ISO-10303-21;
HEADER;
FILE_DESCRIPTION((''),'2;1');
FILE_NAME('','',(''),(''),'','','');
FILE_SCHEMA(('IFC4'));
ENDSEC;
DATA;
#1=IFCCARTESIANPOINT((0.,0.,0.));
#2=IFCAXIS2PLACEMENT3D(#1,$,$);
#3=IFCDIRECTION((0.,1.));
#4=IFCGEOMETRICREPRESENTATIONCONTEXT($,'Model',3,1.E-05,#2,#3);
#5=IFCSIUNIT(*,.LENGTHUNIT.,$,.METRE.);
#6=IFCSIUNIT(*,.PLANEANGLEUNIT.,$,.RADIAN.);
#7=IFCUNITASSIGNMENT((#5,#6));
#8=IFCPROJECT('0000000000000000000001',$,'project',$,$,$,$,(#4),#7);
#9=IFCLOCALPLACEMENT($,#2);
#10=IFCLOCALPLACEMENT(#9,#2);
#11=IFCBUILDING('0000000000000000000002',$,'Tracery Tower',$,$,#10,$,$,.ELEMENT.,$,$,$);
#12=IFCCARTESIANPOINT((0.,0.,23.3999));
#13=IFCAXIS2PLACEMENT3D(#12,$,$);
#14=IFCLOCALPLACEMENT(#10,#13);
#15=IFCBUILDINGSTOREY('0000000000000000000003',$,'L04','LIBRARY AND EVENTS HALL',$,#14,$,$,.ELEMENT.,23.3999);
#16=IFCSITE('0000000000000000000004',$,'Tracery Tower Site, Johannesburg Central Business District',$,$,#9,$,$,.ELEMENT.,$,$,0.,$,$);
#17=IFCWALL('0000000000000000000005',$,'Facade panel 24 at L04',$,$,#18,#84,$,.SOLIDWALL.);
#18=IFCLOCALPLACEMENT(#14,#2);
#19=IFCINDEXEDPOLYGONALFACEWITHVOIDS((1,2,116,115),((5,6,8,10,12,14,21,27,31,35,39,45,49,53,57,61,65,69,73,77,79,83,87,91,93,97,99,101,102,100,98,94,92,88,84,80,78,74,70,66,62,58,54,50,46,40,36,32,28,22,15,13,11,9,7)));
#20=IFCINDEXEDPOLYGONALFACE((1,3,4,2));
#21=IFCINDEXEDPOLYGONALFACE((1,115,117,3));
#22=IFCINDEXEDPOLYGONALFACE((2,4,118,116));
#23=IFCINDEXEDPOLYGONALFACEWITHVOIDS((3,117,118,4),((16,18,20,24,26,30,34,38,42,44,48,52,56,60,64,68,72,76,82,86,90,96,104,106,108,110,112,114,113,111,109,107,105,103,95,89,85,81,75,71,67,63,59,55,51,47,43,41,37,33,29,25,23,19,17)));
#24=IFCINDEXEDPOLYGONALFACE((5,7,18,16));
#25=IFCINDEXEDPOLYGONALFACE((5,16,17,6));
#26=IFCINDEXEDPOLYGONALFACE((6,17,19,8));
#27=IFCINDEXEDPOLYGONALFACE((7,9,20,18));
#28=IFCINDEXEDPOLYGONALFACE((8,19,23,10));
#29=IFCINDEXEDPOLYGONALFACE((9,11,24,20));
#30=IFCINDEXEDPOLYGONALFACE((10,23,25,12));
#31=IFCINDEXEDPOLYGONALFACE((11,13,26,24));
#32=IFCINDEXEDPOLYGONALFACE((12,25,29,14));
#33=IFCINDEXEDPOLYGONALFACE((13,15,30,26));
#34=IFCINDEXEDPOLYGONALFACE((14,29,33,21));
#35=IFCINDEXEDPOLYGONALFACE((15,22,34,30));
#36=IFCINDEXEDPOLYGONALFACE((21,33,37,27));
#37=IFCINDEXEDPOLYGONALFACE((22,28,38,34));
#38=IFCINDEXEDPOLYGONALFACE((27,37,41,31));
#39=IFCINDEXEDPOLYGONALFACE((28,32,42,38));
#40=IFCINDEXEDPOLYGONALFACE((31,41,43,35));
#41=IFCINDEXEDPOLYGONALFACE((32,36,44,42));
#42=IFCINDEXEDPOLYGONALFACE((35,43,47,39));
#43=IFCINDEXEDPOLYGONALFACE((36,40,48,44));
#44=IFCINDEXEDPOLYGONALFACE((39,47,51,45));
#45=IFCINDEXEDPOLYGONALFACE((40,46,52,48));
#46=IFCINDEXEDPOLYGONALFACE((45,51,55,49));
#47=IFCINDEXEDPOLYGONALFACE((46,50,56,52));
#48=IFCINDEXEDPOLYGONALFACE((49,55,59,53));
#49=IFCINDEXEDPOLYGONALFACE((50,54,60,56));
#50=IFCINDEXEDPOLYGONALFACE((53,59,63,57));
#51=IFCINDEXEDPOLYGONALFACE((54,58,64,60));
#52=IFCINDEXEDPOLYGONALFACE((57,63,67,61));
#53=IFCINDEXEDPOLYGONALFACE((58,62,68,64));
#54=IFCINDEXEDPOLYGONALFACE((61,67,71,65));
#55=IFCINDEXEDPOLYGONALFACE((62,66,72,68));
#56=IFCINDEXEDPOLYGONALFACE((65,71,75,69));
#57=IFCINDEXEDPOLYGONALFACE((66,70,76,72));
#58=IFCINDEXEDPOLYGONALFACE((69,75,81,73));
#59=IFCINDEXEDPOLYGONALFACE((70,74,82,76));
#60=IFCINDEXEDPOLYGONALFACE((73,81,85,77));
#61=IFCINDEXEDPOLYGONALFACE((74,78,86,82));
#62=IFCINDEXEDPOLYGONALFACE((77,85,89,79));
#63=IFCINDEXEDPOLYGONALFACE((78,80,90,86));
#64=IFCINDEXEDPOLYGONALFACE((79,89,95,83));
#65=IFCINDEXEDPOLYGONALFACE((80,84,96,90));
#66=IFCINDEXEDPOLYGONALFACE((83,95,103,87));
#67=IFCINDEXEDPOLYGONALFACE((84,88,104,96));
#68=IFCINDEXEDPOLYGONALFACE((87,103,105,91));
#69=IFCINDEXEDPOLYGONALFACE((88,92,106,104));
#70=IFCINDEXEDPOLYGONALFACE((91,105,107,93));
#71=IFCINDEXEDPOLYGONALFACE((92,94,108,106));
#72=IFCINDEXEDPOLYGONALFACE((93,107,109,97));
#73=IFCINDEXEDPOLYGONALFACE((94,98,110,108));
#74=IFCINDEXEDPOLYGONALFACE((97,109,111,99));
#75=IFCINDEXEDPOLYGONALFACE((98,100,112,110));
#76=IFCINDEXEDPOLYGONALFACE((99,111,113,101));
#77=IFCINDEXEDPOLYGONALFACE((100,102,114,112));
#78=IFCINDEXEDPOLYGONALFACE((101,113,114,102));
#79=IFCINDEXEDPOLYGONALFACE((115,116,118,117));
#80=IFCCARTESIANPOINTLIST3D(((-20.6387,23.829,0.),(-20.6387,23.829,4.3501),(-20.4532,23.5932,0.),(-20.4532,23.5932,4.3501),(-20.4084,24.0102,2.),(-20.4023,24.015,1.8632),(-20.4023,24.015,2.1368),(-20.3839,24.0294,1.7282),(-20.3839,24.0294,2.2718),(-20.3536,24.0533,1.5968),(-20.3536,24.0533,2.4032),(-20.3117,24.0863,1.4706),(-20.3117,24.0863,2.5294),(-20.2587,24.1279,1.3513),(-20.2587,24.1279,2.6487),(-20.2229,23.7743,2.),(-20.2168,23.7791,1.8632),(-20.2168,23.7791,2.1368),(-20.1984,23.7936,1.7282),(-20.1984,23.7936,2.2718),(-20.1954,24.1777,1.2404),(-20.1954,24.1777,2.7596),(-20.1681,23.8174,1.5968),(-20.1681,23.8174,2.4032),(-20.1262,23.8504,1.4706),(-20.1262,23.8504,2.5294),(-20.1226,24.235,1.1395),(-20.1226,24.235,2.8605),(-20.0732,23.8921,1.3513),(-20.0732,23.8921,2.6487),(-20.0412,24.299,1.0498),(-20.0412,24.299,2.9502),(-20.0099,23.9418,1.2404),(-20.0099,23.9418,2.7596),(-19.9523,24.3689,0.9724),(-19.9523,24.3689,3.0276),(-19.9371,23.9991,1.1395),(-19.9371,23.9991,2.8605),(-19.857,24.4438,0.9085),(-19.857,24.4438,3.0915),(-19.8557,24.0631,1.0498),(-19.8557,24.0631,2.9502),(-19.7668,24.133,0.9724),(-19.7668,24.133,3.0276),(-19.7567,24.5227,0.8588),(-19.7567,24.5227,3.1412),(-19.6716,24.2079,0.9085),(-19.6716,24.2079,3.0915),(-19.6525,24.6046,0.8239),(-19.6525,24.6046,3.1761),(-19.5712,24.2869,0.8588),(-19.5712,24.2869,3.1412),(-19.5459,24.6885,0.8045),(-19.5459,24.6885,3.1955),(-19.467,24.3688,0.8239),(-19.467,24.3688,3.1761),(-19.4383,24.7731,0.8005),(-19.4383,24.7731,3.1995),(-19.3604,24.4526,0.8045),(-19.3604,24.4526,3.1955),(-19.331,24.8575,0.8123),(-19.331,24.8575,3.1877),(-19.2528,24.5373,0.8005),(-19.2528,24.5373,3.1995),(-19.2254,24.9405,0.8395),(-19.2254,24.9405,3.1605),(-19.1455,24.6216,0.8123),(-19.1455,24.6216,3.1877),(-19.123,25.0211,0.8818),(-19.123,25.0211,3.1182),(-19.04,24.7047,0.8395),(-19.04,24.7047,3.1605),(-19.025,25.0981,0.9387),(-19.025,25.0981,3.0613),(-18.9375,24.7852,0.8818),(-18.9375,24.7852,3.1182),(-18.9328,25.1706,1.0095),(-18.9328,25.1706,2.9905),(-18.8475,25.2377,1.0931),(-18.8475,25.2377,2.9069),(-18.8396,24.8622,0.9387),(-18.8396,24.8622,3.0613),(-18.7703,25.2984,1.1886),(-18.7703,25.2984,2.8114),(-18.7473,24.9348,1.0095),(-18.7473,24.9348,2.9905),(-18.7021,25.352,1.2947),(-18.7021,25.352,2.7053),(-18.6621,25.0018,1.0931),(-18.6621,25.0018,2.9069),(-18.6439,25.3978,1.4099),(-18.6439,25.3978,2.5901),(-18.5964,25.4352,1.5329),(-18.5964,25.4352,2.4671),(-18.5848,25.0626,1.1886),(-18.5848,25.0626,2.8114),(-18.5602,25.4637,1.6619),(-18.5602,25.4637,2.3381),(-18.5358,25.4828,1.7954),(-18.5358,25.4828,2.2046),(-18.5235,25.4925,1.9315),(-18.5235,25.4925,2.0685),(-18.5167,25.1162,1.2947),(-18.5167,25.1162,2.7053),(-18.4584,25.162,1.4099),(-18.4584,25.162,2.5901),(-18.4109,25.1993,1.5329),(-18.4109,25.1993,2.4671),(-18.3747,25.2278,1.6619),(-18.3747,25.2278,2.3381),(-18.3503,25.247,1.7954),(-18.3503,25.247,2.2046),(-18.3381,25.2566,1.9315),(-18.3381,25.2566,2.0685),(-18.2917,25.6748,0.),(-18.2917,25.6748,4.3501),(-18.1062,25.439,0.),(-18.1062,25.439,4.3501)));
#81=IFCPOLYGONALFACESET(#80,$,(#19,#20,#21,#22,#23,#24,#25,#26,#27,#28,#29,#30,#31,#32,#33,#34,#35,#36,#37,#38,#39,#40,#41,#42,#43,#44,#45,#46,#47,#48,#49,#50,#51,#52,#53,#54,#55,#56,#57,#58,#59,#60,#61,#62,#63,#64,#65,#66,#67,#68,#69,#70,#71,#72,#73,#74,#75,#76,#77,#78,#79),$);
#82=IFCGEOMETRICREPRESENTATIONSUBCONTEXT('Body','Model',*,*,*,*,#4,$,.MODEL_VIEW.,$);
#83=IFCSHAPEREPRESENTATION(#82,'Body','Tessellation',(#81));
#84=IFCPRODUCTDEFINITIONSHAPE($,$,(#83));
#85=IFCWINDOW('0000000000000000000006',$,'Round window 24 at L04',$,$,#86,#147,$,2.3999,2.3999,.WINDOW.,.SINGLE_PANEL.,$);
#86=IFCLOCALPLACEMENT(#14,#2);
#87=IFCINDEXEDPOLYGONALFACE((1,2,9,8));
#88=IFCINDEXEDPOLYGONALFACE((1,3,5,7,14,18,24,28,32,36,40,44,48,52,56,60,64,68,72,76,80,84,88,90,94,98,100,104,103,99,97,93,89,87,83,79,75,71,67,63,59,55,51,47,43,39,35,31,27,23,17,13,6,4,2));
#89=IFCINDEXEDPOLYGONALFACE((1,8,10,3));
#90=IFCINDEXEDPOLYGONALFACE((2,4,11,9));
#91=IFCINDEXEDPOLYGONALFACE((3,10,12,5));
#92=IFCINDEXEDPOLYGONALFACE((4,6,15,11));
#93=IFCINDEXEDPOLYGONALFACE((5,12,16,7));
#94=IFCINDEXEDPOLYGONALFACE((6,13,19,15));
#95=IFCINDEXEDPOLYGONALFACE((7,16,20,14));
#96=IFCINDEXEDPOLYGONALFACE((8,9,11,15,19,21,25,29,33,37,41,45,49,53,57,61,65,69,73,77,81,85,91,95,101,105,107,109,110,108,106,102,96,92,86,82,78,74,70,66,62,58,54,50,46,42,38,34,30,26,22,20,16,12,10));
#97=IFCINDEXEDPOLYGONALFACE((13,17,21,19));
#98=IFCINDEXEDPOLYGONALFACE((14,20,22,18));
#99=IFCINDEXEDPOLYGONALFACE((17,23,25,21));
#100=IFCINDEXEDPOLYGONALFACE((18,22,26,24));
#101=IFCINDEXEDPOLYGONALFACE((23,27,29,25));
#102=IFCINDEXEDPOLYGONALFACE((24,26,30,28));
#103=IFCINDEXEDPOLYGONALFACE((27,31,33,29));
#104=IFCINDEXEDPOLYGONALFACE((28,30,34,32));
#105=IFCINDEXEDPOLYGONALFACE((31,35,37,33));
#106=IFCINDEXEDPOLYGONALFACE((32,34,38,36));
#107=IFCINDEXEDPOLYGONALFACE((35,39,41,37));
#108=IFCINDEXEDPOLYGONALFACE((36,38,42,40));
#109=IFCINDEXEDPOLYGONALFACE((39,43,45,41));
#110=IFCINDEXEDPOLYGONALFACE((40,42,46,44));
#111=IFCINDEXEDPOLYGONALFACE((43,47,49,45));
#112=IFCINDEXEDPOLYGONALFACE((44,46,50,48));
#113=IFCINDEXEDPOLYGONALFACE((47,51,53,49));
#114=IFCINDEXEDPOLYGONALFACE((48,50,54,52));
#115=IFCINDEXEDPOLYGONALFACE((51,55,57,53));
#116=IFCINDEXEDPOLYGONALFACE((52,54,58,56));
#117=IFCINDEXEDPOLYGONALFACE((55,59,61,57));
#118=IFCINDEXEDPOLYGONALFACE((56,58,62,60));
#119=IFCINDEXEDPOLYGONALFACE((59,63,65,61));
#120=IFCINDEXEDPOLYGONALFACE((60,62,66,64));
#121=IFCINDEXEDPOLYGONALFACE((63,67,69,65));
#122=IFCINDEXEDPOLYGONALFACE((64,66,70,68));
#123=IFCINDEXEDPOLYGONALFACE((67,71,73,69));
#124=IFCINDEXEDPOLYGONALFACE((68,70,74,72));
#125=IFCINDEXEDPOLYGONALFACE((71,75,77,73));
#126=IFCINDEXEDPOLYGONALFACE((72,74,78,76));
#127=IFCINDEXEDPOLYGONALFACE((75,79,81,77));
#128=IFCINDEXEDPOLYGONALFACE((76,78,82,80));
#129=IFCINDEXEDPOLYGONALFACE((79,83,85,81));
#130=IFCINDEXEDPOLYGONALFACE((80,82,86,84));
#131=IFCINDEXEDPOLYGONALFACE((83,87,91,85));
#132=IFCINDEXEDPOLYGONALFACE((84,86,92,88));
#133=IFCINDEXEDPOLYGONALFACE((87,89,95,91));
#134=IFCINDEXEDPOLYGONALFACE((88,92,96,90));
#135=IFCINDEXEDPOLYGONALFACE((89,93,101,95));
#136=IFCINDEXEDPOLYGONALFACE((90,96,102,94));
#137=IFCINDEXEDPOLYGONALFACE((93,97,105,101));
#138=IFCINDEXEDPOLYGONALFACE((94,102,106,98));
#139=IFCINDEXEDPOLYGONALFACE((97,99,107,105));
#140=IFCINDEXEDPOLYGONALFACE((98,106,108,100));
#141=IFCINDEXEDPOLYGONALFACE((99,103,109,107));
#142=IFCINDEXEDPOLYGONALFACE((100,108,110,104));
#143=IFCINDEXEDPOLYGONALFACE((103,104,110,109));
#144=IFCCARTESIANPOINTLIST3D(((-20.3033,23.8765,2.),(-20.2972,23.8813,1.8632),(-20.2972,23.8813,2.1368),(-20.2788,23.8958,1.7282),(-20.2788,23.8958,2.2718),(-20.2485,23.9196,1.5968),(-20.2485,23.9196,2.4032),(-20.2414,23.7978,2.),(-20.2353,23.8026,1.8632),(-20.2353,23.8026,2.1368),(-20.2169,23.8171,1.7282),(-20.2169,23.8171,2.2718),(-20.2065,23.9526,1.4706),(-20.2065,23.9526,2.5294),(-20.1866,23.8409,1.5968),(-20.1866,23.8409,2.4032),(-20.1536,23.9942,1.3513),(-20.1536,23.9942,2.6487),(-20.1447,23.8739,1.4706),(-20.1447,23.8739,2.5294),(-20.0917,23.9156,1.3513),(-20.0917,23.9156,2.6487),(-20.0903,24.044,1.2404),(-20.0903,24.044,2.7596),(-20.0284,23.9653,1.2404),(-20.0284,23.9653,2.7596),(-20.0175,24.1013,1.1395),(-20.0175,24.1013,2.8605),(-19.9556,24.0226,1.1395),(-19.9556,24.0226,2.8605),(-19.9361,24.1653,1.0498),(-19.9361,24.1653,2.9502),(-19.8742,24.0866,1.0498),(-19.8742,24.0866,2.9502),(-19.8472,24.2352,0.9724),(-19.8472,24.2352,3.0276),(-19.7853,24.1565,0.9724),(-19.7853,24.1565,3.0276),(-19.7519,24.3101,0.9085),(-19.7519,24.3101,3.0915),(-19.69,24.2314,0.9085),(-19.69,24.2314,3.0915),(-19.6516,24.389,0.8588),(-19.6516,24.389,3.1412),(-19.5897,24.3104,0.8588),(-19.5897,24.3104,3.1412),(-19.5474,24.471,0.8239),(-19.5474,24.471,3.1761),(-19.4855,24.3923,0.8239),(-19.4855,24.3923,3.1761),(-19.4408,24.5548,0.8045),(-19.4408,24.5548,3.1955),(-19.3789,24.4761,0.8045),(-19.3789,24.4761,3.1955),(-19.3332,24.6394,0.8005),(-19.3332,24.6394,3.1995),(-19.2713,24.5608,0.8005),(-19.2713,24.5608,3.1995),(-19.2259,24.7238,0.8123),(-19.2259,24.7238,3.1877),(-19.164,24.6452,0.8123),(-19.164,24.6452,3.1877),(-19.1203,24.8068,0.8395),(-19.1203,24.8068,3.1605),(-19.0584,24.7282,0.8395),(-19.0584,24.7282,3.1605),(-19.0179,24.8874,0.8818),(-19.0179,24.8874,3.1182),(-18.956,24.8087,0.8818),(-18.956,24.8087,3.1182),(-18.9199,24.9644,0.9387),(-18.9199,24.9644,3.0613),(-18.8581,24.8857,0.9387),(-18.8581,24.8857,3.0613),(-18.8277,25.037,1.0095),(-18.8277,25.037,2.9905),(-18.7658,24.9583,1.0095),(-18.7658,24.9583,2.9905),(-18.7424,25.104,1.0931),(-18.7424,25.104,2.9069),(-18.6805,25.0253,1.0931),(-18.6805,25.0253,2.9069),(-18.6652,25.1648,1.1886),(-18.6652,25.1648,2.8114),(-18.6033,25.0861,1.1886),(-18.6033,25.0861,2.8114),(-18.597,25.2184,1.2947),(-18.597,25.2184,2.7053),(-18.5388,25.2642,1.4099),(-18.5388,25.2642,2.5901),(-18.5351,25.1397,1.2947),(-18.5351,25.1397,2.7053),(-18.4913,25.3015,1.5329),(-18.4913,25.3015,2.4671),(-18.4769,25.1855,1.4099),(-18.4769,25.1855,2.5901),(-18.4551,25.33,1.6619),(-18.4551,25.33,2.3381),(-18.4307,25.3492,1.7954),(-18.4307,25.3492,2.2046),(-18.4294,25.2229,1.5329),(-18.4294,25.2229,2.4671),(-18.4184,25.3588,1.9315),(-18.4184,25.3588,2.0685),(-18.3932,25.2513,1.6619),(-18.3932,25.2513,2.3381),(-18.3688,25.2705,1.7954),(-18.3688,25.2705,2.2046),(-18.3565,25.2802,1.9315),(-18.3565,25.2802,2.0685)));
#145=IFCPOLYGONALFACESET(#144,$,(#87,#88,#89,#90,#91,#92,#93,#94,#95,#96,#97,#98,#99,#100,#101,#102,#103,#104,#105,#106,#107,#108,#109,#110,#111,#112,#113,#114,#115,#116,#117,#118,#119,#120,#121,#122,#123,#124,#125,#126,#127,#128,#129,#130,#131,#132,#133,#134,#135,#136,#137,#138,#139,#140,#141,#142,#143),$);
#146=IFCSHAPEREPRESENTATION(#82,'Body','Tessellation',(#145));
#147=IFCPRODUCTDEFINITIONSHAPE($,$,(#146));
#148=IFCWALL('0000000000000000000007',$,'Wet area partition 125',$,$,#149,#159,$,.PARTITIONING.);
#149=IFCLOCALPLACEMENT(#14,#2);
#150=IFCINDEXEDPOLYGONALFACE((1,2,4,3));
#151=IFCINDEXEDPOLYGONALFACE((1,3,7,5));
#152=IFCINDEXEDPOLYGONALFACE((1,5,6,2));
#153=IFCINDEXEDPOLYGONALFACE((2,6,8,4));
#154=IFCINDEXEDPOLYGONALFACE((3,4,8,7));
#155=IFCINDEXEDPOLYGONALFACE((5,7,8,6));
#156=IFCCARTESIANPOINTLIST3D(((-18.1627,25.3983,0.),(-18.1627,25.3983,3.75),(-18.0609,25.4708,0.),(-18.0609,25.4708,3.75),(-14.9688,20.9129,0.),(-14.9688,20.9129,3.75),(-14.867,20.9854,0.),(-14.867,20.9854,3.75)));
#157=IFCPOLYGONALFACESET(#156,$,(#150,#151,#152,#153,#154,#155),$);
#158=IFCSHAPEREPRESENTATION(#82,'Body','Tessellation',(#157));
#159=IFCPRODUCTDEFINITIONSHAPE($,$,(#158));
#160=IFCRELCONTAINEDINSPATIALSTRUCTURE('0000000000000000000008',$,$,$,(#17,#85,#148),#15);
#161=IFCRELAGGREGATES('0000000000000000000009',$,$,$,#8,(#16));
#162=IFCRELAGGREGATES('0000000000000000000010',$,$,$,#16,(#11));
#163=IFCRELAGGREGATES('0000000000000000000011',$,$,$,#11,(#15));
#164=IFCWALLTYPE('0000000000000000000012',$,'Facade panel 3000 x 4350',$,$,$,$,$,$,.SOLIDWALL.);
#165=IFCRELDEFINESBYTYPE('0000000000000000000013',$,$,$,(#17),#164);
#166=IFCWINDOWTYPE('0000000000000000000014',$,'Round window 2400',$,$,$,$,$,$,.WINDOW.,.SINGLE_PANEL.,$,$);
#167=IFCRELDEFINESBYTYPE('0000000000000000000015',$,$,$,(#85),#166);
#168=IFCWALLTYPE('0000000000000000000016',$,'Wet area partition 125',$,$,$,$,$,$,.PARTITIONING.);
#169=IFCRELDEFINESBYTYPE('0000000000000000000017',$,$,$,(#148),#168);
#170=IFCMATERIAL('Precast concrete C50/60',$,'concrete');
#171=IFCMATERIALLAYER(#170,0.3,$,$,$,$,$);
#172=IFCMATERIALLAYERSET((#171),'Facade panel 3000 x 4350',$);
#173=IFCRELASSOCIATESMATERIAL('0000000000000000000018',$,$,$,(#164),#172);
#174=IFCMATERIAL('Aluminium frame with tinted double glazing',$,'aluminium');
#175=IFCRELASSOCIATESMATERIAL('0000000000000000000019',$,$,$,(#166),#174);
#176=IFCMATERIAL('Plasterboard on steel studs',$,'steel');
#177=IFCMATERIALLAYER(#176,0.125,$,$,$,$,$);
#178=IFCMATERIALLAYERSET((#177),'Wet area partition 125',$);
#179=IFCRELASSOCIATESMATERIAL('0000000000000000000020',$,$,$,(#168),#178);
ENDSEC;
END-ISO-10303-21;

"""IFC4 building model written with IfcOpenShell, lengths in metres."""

from ifc_helpers import new_model, si_unit, direction, frame, frame_2d, origin, origin_2d, place, context, subcontext, project, spatial, rectangle, circle, extrude, material, layer, layer_set, type_object, element, fill, save


model = new_model("IFC4")

# Units and contexts
model_context = context("Model", 3, precision=1e-05, world=origin(), true_north=direction((0.0, 1.0)))
body_context = subcontext(model_context, "Body", "Model", "MODEL_VIEW")
ifc_project = project(units=[si_unit("LENGTHUNIT", "METRE"), si_unit("PLANEANGLEUNIT", "RADIAN")], contexts=[model_context])

# Site, building, storey
site_placement = place(None, origin())
site = spatial("IfcSite", under=ifc_project, at=site_placement, Name="Tracery Tower Site, Johannesburg Central Business District", CompositionType="ELEMENT", RefElevation=0.0)
building_placement = place(site_placement, origin())
building = spatial("IfcBuilding", under=site, at=building_placement, Name="Tracery Tower", CompositionType="ELEMENT")
storey_placement = place(building_placement, frame((0.0, 0.0, 23.3999)))
storey = spatial("IfcBuildingStorey", under=building, at=storey_placement, Name="L04", Description="LIBRARY AND EVENTS HALL", CompositionType="ELEMENT", Elevation=23.3999)

# Wall, opening, window
ifc_material_1 = material(Name="Precast concrete C50/60", Category="concrete")
ifc_layer_1 = layer(ifc_material_1, 0.3)
ifc_layer_set_1 = layer_set([ifc_layer_1], Name="Facade panel 3000 x 4350")
wall_type_1 = type_object("IfcWallType", Name="Facade panel 3000 x 4350", PredefinedType="SOLIDWALL", material=ifc_layer_set_1)
ifc_material_2 = material(Name="Aluminium frame with tinted double glazing", Category="aluminium")
window_type = type_object("IfcWindowType", Name="Round window 2400", PartitioningType="SINGLE_PANEL", PredefinedType="WINDOW", material=ifc_material_2)
wall_1_placement = place(storey_placement, frame((-18.199, 25.5569, 0.0), z_axis=(0.0, 0.0, 1.0), x_axis=(-0.786043, -0.618172, 0.0)))
wall_1 = element("IfcWall", 1, at=wall_1_placement, inside=storey, type_object=wall_type_1, Name="Facade panel 24 at L04", PredefinedType="SOLIDWALL", context=body_context, shape_type="SweptSolid", body=[
    extrude(rectangle(XDim=2.9858, YDim=0.3, at=frame_2d((1.4929, 0.0))), origin(), (0.0, 0.0, 1.0), 4.3501),
])
opening_1_placement = place(wall_1_placement, frame((1.4929, 0.0, 2.0)))
opening_1 = element("IfcOpeningElement", 2, at=opening_1_placement, cuts=wall_1, PredefinedType="OPENING", context=body_context, shape_type="SweptSolid", body=[
    extrude(circle(Radius=1.2, at=origin_2d()), frame((0.0, 0.1599, 0.0), z_axis=(0.0, -1.0, 0.0), x_axis=(1.0, 0.0, 0.0)), (0.0, 0.0, 1.0), 0.3201),
])
window_1_placement = place(opening_1_placement, origin())
window_1 = element("IfcWindow", 3, at=window_1_placement, inside=storey, type_object=window_type, Name="Round window 24 at L04", OverallHeight=2.3999, OverallWidth=2.3999, PartitioningType="SINGLE_PANEL", PredefinedType="WINDOW", context=body_context, shape_type="SweptSolid", body=[
    extrude(circle(Radius=1.2, at=origin_2d()), frame((0.0, 0.1201, 0.0), z_axis=(0.0, -1.0, 0.0), x_axis=(1.0, 0.0, 0.0)), (0.0, 0.0, 1.0), 0.1001),
])
fill(opening_1, window_1)

# Wall
ifc_material_3 = material(Name="Plasterboard on steel studs", Category="steel")
ifc_layer_2 = layer(ifc_material_3, 0.125)
ifc_layer_set_2 = layer_set([ifc_layer_2], Name="Wet area partition 125")
wall_type_2 = type_object("IfcWallType", Name="Wet area partition 125", PredefinedType="PARTITIONING", material=ifc_layer_set_2)
wall_2_placement = place(storey_placement, frame((-18.1118, 25.4346, 0.0), z_axis=(0.0, 0.0, 1.0), x_axis=(0.580038, -0.814589, 0.0)))
element("IfcWall", 4, at=wall_2_placement, inside=storey, type_object=wall_type_2, Name="Wet area partition 125", PredefinedType="PARTITIONING", context=body_context, shape_type="SweptSolid", body=[
    extrude(rectangle(XDim=5.5063, YDim=0.125, at=frame_2d((2.7532, 0.0))), origin(), (0.0, 0.0, 1.0), 3.75),
])

save(model, "model.ifc")
